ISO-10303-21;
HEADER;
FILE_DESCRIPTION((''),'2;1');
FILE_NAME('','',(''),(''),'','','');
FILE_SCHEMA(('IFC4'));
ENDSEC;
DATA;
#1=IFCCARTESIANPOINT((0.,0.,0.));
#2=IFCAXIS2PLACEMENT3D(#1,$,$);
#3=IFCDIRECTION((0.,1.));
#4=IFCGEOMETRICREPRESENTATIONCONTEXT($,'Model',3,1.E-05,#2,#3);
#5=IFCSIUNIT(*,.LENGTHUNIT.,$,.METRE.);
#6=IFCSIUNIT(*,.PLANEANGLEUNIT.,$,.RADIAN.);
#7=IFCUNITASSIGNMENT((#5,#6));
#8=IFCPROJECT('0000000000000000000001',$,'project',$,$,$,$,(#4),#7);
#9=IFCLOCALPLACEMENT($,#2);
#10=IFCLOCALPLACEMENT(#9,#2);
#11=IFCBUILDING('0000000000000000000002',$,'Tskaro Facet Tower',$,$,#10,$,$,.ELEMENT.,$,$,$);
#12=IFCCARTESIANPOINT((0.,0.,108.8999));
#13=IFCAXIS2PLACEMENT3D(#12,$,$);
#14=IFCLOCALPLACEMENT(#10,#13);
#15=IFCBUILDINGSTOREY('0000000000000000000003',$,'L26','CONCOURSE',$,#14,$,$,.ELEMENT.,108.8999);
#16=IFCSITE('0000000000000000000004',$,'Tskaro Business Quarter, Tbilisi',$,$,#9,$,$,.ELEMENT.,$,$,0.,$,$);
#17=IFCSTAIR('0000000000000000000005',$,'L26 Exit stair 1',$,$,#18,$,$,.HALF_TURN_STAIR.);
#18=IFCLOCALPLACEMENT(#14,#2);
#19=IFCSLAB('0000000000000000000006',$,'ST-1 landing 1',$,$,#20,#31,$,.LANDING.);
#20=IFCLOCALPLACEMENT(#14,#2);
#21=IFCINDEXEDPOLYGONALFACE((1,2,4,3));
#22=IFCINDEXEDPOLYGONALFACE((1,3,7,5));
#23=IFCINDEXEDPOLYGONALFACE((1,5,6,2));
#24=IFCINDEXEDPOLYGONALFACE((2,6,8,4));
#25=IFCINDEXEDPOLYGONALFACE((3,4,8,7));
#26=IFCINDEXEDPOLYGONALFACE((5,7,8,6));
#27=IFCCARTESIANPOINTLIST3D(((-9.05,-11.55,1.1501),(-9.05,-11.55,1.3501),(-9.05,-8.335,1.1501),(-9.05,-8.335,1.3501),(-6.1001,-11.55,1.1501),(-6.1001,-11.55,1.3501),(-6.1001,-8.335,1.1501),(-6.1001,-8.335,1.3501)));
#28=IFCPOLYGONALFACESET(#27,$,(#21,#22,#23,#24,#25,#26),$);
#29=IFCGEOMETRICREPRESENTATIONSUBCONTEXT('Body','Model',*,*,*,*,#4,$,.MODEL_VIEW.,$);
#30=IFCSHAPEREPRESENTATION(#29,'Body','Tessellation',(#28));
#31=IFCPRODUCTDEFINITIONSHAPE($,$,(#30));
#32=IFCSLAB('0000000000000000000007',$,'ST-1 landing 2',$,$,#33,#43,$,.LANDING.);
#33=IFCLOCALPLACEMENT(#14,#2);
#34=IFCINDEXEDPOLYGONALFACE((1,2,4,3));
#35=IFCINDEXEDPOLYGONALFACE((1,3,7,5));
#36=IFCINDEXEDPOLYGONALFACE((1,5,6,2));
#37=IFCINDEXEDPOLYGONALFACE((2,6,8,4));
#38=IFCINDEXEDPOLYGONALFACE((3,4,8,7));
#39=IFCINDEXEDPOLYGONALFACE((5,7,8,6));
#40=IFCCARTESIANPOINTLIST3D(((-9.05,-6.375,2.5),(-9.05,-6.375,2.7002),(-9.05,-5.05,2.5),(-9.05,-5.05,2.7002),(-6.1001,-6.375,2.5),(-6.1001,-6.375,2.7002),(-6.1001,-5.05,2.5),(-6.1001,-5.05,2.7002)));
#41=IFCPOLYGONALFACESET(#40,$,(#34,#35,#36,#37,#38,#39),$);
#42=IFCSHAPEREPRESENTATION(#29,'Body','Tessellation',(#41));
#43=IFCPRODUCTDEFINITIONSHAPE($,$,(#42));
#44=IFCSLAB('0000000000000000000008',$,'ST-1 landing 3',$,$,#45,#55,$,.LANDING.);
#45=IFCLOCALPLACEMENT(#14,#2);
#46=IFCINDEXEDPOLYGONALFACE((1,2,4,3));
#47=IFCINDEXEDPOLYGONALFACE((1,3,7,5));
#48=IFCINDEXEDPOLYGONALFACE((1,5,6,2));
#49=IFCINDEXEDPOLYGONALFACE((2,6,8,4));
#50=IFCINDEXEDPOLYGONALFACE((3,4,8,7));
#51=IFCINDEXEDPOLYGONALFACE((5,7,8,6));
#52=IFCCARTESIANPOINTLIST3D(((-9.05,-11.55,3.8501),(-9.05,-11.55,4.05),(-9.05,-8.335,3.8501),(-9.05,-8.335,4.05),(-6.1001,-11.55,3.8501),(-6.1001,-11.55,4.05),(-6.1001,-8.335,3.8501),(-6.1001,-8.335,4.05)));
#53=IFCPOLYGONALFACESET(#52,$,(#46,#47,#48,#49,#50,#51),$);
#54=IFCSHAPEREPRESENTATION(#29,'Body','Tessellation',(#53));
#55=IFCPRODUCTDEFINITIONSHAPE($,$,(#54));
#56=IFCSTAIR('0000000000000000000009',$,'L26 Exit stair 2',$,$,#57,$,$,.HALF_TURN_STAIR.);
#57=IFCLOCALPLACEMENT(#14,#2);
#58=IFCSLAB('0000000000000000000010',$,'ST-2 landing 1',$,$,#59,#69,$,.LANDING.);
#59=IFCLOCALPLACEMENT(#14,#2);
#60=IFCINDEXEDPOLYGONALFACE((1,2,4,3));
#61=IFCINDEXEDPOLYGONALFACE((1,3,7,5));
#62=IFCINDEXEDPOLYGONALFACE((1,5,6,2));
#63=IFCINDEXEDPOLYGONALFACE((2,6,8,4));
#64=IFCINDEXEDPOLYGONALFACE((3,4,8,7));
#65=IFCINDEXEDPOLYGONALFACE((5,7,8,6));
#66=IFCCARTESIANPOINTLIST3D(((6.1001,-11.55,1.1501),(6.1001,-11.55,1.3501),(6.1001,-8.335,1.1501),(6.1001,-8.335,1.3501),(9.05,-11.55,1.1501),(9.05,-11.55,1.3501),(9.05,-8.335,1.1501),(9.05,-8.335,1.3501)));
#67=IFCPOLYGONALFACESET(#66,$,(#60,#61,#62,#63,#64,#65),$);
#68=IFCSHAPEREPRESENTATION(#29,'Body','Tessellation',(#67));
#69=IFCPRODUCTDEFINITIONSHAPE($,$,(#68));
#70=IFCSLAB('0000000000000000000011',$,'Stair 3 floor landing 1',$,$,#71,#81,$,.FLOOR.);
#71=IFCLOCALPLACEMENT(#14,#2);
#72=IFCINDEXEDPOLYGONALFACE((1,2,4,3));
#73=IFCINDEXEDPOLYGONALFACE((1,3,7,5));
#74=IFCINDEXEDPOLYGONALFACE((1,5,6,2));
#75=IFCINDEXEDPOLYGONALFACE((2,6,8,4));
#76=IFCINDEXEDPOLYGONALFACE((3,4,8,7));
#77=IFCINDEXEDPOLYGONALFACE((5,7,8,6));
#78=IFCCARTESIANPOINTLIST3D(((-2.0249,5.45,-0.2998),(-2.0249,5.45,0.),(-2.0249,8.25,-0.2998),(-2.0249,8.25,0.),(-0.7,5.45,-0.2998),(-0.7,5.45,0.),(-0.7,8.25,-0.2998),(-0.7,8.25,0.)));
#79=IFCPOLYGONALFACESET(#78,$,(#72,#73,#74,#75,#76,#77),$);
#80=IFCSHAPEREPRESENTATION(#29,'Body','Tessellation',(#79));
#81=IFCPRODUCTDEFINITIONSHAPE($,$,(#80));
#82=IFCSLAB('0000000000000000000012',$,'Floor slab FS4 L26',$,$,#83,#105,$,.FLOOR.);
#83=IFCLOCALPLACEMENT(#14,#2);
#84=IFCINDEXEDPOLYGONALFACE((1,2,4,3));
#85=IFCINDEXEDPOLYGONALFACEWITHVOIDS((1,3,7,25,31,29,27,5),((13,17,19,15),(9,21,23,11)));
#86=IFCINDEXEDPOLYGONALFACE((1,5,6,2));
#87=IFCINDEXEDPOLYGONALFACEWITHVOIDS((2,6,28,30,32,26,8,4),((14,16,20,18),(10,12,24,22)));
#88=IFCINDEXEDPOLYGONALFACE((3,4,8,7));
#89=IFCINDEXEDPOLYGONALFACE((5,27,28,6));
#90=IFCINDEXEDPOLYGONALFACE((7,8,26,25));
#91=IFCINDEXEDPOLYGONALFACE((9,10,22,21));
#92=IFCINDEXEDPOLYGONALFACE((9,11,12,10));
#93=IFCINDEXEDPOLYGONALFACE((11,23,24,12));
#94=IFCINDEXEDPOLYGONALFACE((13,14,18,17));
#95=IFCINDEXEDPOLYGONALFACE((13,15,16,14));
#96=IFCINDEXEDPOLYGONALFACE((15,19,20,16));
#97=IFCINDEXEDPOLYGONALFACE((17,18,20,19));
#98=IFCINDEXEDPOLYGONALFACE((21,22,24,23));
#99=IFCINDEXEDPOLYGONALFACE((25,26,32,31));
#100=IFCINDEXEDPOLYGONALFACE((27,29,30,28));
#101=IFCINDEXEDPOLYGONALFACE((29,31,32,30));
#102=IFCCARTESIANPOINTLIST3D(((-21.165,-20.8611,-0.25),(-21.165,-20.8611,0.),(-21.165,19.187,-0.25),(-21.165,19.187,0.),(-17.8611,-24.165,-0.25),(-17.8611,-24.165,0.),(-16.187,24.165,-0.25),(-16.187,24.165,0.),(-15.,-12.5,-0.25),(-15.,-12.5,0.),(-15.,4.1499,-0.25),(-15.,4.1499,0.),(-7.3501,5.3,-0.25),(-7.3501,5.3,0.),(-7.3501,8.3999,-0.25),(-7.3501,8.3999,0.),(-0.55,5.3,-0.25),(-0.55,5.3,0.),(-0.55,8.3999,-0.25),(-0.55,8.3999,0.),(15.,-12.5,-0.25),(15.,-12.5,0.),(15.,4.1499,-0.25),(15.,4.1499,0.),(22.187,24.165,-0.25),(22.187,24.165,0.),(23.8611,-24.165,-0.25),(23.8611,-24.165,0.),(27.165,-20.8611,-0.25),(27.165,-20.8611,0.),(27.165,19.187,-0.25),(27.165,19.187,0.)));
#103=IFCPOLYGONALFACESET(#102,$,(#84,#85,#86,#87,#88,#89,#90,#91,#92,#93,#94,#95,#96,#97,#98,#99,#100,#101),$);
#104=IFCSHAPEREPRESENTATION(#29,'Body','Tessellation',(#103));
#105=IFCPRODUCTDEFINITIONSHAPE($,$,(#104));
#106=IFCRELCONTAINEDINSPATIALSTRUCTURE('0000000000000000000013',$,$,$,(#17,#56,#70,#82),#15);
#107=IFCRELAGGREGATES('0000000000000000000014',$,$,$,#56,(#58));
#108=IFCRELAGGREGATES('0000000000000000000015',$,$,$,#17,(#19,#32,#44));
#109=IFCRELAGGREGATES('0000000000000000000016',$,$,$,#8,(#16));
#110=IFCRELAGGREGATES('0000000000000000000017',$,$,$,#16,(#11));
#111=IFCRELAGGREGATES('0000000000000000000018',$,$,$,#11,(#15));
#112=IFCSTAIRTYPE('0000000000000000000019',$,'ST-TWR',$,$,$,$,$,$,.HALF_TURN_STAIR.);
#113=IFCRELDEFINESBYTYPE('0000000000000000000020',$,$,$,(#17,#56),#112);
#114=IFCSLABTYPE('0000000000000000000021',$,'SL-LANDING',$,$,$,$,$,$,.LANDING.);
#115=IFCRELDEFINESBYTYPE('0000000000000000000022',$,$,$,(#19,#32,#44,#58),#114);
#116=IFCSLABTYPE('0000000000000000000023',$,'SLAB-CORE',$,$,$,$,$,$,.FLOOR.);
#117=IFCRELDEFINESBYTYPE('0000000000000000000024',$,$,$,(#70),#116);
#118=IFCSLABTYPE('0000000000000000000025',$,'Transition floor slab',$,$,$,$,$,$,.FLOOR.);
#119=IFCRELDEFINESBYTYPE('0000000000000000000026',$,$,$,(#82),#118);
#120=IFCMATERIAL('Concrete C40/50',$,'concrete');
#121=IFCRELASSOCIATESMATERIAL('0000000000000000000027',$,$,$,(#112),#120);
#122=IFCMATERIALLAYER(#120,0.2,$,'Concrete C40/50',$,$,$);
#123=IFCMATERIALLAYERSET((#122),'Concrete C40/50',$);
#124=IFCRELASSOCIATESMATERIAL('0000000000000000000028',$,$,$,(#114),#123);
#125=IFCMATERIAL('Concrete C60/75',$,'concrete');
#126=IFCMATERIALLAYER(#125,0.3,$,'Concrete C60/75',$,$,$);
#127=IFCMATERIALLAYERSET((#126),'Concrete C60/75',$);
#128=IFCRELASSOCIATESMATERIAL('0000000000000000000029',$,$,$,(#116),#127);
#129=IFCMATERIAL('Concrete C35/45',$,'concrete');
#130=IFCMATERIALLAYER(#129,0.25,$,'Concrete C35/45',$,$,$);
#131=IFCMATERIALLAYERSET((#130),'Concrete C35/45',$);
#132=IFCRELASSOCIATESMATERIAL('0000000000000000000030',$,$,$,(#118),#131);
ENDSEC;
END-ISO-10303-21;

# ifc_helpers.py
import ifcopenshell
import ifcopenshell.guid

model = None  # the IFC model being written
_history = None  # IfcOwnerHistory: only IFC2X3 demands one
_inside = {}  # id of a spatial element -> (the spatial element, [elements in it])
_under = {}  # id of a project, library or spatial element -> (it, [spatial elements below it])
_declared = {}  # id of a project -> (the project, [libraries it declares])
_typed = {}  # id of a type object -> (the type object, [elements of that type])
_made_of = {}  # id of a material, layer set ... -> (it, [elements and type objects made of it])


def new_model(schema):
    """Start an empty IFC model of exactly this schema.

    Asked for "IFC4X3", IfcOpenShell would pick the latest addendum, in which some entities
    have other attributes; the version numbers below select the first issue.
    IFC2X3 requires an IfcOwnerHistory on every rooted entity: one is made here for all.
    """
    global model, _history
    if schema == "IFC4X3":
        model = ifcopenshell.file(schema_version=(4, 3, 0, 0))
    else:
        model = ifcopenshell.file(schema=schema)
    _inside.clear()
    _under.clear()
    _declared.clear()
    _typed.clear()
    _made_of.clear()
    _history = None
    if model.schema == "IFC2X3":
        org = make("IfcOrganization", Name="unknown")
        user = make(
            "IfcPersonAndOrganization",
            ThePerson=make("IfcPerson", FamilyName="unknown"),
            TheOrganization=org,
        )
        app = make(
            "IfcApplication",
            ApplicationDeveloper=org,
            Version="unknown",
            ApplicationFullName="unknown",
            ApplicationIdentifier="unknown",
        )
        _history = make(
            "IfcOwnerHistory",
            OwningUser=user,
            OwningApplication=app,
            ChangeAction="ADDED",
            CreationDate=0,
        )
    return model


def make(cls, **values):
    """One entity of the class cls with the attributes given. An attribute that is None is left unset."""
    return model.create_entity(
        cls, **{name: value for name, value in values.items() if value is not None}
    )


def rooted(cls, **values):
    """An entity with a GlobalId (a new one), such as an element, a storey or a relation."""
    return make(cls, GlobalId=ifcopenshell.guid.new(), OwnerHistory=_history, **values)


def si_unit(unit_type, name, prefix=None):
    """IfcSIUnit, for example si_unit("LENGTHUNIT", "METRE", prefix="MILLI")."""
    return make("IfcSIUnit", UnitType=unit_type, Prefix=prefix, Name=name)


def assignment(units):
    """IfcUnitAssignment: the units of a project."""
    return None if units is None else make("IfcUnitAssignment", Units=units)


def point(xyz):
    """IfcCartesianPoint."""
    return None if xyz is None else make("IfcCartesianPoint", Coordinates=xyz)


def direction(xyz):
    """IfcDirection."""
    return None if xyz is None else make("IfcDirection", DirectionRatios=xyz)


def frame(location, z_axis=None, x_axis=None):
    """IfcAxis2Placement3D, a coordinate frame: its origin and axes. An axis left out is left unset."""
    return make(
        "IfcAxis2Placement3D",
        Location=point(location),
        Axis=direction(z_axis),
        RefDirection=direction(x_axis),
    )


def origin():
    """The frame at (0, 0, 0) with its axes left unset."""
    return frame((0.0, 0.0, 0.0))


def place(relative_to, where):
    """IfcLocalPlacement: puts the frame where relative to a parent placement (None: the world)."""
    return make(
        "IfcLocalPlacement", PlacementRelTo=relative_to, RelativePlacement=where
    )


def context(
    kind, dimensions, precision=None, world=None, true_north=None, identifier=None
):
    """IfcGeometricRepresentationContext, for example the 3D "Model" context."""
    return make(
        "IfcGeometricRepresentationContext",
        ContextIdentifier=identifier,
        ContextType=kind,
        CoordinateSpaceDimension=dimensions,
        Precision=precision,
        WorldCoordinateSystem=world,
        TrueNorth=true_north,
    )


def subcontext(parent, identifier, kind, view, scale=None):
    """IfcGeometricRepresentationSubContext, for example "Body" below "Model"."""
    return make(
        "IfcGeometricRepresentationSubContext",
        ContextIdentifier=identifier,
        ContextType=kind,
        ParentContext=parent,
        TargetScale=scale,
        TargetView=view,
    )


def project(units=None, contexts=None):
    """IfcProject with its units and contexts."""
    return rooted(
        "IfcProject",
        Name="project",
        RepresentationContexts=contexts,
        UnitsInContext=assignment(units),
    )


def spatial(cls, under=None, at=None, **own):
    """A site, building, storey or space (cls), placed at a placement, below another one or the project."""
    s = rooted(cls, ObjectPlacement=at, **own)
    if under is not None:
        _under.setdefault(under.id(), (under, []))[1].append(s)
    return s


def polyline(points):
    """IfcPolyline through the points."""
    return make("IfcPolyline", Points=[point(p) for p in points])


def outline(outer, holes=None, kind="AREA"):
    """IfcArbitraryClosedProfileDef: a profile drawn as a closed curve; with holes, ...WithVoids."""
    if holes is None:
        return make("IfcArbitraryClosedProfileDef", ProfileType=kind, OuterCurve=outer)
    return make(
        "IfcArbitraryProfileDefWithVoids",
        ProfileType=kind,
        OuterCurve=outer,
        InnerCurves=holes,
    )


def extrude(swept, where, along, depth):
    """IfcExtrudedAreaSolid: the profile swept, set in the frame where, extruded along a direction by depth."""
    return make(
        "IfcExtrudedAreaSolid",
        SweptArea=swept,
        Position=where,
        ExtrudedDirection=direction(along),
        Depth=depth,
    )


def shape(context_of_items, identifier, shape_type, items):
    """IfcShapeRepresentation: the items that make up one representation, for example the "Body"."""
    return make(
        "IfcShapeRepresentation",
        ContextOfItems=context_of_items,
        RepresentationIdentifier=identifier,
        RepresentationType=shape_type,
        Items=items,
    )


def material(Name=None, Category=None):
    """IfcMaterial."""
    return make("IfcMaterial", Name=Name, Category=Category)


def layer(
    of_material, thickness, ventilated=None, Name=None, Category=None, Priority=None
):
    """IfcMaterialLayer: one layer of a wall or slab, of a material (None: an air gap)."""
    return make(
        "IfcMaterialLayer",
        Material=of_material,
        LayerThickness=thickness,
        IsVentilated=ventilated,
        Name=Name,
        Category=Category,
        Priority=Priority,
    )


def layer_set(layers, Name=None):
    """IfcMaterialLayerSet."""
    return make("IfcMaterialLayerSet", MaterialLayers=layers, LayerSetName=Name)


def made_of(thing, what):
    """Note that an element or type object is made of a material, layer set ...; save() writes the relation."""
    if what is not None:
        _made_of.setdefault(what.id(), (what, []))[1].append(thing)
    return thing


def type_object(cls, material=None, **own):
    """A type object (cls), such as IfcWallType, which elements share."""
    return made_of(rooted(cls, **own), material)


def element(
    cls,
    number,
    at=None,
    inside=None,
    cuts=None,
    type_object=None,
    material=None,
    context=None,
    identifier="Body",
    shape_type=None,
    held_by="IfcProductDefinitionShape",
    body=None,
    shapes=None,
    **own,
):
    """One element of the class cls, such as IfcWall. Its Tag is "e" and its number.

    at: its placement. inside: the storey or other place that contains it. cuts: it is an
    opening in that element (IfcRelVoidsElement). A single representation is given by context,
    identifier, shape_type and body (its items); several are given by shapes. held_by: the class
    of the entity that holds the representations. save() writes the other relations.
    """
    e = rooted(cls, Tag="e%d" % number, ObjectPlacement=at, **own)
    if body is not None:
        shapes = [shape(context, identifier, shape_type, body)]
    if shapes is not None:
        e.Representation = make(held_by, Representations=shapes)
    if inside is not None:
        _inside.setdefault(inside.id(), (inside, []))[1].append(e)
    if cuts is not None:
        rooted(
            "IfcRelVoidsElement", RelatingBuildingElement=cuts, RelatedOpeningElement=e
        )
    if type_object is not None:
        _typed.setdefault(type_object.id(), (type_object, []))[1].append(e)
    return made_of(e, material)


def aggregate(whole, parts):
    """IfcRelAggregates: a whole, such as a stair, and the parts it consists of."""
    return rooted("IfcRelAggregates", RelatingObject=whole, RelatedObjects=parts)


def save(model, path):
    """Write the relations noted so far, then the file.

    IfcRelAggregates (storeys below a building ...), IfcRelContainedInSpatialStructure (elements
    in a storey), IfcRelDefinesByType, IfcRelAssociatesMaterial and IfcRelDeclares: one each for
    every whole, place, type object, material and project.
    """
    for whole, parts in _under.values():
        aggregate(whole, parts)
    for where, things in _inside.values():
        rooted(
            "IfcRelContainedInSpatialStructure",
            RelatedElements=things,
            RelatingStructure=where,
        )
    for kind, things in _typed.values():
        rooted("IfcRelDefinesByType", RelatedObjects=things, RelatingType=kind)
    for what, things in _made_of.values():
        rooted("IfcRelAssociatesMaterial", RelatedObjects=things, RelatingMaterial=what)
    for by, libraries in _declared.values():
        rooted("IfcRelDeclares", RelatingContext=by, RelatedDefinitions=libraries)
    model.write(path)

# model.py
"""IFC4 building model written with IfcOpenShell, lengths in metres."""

from ifc_helpers import new_model, si_unit, direction, frame, origin, place, context, subcontext, project, spatial, polyline, outline, extrude, material, layer, layer_set, type_object, element, aggregate, save


model = new_model("IFC4")

# Units and contexts
model_context = context("Model", 3, precision=1e-05, world=origin(), true_north=direction((0.0, 1.0)))
body_context = subcontext(model_context, "Body", "Model", "MODEL_VIEW")
ifc_project = project(units=[si_unit("LENGTHUNIT", "METRE"), si_unit("PLANEANGLEUNIT", "RADIAN")], contexts=[model_context])

# Site, building, storey
site_placement = place(None, origin())
site = spatial("IfcSite", under=ifc_project, at=site_placement, Name="Tskaro Business Quarter, Tbilisi", CompositionType="ELEMENT", RefElevation=0.0)
building_placement = place(site_placement, origin())
building = spatial("IfcBuilding", under=site, at=building_placement, Name="Tskaro Facet Tower", CompositionType="ELEMENT")
storey_placement = place(building_placement, frame((0.0, 0.0, 108.8999)))
storey = spatial("IfcBuildingStorey", under=building, at=storey_placement, Name="L26", Description="CONCOURSE", CompositionType="ELEMENT", Elevation=108.8999)

# Stair, slabs
ifc_material_1 = material(Name="Concrete C40/50", Category="concrete")
stair_type = type_object("IfcStairType", Name="ST-TWR", PredefinedType="HALF_TURN_STAIR", material=ifc_material_1)
stair_1_placement = place(storey_placement, origin())
stair_1 = element("IfcStair", 1, at=stair_1_placement, inside=storey, type_object=stair_type, Name="L26 Exit stair 1", PredefinedType="HALF_TURN_STAIR")
ifc_layer_1 = layer(ifc_material_1, 0.2, Name="Concrete C40/50")
ifc_layer_set_1 = layer_set([ifc_layer_1], Name="Concrete C40/50")
slab_type_1 = type_object("IfcSlabType", Name="SL-LANDING", PredefinedType="LANDING", material=ifc_layer_set_1)
slab_1_placement = place(storey_placement, frame((0.0, 0.0, 1.1501)))
slab_1 = element("IfcSlab", 2, at=slab_1_placement, type_object=slab_type_1, Name="ST-1 landing 1", PredefinedType="LANDING", context=body_context, shape_type="SweptSolid", body=[
    extrude(outline(polyline([(-9.05, -11.55), (-6.1001, -11.55), (-6.1001, -8.335), (-9.05, -8.335), (-9.05, -11.55)])), origin(), (0.0, 0.0, 1.0), 0.2),
])
slab_2_placement = place(storey_placement, frame((0.0, 0.0, 2.5)))
slab_2 = element("IfcSlab", 3, at=slab_2_placement, type_object=slab_type_1, Name="ST-1 landing 2", PredefinedType="LANDING", context=body_context, shape_type="SweptSolid", body=[
    extrude(outline(polyline([(-9.05, -6.375), (-6.1001, -6.375), (-6.1001, -5.05), (-9.05, -5.05), (-9.05, -6.375)])), origin(), (0.0, 0.0, 1.0), 0.2002),
])
slab_3_placement = place(storey_placement, frame((0.0, 0.0, 3.8501)))
slab_3 = element("IfcSlab", 4, at=slab_3_placement, type_object=slab_type_1, Name="ST-1 landing 3", PredefinedType="LANDING", context=body_context, shape_type="SweptSolid", body=[
    extrude(outline(polyline([(-9.05, -11.55), (-6.1001, -11.55), (-6.1001, -8.335), (-9.05, -8.335), (-9.05, -11.55)])), origin(), (0.0, 0.0, 1.0), 0.2),
])

# Stair, slab
stair_2_placement = place(storey_placement, origin())
stair_2 = element("IfcStair", 5, at=stair_2_placement, inside=storey, type_object=stair_type, Name="L26 Exit stair 2", PredefinedType="HALF_TURN_STAIR")
slab_4_placement = place(storey_placement, frame((0.0, 0.0, 1.1501)))
slab_4 = element("IfcSlab", 6, at=slab_4_placement, type_object=slab_type_1, Name="ST-2 landing 1", PredefinedType="LANDING", context=body_context, shape_type="SweptSolid", body=[
    extrude(outline(polyline([(6.1001, -11.55), (9.05, -11.55), (9.05, -8.335), (6.1001, -8.335), (6.1001, -11.55)])), origin(), (0.0, 0.0, 1.0), 0.2),
])
aggregate(stair_2, [slab_4])

# Slabs
ifc_material_2 = material(Name="Concrete C60/75", Category="concrete")
ifc_layer_2 = layer(ifc_material_2, 0.3, Name="Concrete C60/75")
ifc_layer_set_2 = layer_set([ifc_layer_2], Name="Concrete C60/75")
slab_type_2 = type_object("IfcSlabType", Name="SLAB-CORE", PredefinedType="FLOOR", material=ifc_layer_set_2)
slab_5_placement = place(storey_placement, frame((0.0, 0.0, -0.2998)))
element("IfcSlab", 7, at=slab_5_placement, inside=storey, type_object=slab_type_2, Name="Stair 3 floor landing 1", PredefinedType="FLOOR", context=body_context, shape_type="SweptSolid", body=[
    extrude(outline(polyline([(-2.0249, 5.45), (-0.7, 5.45), (-0.7, 8.25), (-2.0249, 8.25), (-2.0249, 5.45)])), origin(), (0.0, 0.0, 1.0), 0.2998),
])
ifc_material_3 = material(Name="Concrete C35/45", Category="concrete")
ifc_layer_3 = layer(ifc_material_3, 0.25, Name="Concrete C35/45")
ifc_layer_set_3 = layer_set([ifc_layer_3], Name="Concrete C35/45")
slab_type_3 = type_object("IfcSlabType", Name="Transition floor slab", PredefinedType="FLOOR", material=ifc_layer_set_3)
slab_6_placement = place(storey_placement, frame((0.0, 0.0, -0.25)))
element("IfcSlab", 8, at=slab_6_placement, inside=storey, type_object=slab_type_3, Name="Floor slab FS4 L26", PredefinedType="FLOOR", context=body_context, shape_type="SweptSolid", body=[
    extrude(outline(polyline([(-17.8611, -24.165), (23.8611, -24.165), (27.165, -20.8611), (27.165, 19.187), (22.187, 24.165), (-16.187, 24.165), (-21.165, 19.187), (-21.165, -20.8611), (-17.8611, -24.165)]), holes=[polyline([(-15.0, -12.5), (15.0, -12.5), (15.0, 4.1499), (-15.0, 4.1499), (-15.0, -12.5)]), polyline([(-7.3501, 5.3), (-0.55, 5.3), (-0.55, 8.3999), (-7.3501, 8.3999), (-7.3501, 5.3)])]), origin(), (0.0, 0.0, 1.0), 0.25),
])

aggregate(stair_1, [slab_1, slab_2, slab_3])

save(model, "model.ifc")
